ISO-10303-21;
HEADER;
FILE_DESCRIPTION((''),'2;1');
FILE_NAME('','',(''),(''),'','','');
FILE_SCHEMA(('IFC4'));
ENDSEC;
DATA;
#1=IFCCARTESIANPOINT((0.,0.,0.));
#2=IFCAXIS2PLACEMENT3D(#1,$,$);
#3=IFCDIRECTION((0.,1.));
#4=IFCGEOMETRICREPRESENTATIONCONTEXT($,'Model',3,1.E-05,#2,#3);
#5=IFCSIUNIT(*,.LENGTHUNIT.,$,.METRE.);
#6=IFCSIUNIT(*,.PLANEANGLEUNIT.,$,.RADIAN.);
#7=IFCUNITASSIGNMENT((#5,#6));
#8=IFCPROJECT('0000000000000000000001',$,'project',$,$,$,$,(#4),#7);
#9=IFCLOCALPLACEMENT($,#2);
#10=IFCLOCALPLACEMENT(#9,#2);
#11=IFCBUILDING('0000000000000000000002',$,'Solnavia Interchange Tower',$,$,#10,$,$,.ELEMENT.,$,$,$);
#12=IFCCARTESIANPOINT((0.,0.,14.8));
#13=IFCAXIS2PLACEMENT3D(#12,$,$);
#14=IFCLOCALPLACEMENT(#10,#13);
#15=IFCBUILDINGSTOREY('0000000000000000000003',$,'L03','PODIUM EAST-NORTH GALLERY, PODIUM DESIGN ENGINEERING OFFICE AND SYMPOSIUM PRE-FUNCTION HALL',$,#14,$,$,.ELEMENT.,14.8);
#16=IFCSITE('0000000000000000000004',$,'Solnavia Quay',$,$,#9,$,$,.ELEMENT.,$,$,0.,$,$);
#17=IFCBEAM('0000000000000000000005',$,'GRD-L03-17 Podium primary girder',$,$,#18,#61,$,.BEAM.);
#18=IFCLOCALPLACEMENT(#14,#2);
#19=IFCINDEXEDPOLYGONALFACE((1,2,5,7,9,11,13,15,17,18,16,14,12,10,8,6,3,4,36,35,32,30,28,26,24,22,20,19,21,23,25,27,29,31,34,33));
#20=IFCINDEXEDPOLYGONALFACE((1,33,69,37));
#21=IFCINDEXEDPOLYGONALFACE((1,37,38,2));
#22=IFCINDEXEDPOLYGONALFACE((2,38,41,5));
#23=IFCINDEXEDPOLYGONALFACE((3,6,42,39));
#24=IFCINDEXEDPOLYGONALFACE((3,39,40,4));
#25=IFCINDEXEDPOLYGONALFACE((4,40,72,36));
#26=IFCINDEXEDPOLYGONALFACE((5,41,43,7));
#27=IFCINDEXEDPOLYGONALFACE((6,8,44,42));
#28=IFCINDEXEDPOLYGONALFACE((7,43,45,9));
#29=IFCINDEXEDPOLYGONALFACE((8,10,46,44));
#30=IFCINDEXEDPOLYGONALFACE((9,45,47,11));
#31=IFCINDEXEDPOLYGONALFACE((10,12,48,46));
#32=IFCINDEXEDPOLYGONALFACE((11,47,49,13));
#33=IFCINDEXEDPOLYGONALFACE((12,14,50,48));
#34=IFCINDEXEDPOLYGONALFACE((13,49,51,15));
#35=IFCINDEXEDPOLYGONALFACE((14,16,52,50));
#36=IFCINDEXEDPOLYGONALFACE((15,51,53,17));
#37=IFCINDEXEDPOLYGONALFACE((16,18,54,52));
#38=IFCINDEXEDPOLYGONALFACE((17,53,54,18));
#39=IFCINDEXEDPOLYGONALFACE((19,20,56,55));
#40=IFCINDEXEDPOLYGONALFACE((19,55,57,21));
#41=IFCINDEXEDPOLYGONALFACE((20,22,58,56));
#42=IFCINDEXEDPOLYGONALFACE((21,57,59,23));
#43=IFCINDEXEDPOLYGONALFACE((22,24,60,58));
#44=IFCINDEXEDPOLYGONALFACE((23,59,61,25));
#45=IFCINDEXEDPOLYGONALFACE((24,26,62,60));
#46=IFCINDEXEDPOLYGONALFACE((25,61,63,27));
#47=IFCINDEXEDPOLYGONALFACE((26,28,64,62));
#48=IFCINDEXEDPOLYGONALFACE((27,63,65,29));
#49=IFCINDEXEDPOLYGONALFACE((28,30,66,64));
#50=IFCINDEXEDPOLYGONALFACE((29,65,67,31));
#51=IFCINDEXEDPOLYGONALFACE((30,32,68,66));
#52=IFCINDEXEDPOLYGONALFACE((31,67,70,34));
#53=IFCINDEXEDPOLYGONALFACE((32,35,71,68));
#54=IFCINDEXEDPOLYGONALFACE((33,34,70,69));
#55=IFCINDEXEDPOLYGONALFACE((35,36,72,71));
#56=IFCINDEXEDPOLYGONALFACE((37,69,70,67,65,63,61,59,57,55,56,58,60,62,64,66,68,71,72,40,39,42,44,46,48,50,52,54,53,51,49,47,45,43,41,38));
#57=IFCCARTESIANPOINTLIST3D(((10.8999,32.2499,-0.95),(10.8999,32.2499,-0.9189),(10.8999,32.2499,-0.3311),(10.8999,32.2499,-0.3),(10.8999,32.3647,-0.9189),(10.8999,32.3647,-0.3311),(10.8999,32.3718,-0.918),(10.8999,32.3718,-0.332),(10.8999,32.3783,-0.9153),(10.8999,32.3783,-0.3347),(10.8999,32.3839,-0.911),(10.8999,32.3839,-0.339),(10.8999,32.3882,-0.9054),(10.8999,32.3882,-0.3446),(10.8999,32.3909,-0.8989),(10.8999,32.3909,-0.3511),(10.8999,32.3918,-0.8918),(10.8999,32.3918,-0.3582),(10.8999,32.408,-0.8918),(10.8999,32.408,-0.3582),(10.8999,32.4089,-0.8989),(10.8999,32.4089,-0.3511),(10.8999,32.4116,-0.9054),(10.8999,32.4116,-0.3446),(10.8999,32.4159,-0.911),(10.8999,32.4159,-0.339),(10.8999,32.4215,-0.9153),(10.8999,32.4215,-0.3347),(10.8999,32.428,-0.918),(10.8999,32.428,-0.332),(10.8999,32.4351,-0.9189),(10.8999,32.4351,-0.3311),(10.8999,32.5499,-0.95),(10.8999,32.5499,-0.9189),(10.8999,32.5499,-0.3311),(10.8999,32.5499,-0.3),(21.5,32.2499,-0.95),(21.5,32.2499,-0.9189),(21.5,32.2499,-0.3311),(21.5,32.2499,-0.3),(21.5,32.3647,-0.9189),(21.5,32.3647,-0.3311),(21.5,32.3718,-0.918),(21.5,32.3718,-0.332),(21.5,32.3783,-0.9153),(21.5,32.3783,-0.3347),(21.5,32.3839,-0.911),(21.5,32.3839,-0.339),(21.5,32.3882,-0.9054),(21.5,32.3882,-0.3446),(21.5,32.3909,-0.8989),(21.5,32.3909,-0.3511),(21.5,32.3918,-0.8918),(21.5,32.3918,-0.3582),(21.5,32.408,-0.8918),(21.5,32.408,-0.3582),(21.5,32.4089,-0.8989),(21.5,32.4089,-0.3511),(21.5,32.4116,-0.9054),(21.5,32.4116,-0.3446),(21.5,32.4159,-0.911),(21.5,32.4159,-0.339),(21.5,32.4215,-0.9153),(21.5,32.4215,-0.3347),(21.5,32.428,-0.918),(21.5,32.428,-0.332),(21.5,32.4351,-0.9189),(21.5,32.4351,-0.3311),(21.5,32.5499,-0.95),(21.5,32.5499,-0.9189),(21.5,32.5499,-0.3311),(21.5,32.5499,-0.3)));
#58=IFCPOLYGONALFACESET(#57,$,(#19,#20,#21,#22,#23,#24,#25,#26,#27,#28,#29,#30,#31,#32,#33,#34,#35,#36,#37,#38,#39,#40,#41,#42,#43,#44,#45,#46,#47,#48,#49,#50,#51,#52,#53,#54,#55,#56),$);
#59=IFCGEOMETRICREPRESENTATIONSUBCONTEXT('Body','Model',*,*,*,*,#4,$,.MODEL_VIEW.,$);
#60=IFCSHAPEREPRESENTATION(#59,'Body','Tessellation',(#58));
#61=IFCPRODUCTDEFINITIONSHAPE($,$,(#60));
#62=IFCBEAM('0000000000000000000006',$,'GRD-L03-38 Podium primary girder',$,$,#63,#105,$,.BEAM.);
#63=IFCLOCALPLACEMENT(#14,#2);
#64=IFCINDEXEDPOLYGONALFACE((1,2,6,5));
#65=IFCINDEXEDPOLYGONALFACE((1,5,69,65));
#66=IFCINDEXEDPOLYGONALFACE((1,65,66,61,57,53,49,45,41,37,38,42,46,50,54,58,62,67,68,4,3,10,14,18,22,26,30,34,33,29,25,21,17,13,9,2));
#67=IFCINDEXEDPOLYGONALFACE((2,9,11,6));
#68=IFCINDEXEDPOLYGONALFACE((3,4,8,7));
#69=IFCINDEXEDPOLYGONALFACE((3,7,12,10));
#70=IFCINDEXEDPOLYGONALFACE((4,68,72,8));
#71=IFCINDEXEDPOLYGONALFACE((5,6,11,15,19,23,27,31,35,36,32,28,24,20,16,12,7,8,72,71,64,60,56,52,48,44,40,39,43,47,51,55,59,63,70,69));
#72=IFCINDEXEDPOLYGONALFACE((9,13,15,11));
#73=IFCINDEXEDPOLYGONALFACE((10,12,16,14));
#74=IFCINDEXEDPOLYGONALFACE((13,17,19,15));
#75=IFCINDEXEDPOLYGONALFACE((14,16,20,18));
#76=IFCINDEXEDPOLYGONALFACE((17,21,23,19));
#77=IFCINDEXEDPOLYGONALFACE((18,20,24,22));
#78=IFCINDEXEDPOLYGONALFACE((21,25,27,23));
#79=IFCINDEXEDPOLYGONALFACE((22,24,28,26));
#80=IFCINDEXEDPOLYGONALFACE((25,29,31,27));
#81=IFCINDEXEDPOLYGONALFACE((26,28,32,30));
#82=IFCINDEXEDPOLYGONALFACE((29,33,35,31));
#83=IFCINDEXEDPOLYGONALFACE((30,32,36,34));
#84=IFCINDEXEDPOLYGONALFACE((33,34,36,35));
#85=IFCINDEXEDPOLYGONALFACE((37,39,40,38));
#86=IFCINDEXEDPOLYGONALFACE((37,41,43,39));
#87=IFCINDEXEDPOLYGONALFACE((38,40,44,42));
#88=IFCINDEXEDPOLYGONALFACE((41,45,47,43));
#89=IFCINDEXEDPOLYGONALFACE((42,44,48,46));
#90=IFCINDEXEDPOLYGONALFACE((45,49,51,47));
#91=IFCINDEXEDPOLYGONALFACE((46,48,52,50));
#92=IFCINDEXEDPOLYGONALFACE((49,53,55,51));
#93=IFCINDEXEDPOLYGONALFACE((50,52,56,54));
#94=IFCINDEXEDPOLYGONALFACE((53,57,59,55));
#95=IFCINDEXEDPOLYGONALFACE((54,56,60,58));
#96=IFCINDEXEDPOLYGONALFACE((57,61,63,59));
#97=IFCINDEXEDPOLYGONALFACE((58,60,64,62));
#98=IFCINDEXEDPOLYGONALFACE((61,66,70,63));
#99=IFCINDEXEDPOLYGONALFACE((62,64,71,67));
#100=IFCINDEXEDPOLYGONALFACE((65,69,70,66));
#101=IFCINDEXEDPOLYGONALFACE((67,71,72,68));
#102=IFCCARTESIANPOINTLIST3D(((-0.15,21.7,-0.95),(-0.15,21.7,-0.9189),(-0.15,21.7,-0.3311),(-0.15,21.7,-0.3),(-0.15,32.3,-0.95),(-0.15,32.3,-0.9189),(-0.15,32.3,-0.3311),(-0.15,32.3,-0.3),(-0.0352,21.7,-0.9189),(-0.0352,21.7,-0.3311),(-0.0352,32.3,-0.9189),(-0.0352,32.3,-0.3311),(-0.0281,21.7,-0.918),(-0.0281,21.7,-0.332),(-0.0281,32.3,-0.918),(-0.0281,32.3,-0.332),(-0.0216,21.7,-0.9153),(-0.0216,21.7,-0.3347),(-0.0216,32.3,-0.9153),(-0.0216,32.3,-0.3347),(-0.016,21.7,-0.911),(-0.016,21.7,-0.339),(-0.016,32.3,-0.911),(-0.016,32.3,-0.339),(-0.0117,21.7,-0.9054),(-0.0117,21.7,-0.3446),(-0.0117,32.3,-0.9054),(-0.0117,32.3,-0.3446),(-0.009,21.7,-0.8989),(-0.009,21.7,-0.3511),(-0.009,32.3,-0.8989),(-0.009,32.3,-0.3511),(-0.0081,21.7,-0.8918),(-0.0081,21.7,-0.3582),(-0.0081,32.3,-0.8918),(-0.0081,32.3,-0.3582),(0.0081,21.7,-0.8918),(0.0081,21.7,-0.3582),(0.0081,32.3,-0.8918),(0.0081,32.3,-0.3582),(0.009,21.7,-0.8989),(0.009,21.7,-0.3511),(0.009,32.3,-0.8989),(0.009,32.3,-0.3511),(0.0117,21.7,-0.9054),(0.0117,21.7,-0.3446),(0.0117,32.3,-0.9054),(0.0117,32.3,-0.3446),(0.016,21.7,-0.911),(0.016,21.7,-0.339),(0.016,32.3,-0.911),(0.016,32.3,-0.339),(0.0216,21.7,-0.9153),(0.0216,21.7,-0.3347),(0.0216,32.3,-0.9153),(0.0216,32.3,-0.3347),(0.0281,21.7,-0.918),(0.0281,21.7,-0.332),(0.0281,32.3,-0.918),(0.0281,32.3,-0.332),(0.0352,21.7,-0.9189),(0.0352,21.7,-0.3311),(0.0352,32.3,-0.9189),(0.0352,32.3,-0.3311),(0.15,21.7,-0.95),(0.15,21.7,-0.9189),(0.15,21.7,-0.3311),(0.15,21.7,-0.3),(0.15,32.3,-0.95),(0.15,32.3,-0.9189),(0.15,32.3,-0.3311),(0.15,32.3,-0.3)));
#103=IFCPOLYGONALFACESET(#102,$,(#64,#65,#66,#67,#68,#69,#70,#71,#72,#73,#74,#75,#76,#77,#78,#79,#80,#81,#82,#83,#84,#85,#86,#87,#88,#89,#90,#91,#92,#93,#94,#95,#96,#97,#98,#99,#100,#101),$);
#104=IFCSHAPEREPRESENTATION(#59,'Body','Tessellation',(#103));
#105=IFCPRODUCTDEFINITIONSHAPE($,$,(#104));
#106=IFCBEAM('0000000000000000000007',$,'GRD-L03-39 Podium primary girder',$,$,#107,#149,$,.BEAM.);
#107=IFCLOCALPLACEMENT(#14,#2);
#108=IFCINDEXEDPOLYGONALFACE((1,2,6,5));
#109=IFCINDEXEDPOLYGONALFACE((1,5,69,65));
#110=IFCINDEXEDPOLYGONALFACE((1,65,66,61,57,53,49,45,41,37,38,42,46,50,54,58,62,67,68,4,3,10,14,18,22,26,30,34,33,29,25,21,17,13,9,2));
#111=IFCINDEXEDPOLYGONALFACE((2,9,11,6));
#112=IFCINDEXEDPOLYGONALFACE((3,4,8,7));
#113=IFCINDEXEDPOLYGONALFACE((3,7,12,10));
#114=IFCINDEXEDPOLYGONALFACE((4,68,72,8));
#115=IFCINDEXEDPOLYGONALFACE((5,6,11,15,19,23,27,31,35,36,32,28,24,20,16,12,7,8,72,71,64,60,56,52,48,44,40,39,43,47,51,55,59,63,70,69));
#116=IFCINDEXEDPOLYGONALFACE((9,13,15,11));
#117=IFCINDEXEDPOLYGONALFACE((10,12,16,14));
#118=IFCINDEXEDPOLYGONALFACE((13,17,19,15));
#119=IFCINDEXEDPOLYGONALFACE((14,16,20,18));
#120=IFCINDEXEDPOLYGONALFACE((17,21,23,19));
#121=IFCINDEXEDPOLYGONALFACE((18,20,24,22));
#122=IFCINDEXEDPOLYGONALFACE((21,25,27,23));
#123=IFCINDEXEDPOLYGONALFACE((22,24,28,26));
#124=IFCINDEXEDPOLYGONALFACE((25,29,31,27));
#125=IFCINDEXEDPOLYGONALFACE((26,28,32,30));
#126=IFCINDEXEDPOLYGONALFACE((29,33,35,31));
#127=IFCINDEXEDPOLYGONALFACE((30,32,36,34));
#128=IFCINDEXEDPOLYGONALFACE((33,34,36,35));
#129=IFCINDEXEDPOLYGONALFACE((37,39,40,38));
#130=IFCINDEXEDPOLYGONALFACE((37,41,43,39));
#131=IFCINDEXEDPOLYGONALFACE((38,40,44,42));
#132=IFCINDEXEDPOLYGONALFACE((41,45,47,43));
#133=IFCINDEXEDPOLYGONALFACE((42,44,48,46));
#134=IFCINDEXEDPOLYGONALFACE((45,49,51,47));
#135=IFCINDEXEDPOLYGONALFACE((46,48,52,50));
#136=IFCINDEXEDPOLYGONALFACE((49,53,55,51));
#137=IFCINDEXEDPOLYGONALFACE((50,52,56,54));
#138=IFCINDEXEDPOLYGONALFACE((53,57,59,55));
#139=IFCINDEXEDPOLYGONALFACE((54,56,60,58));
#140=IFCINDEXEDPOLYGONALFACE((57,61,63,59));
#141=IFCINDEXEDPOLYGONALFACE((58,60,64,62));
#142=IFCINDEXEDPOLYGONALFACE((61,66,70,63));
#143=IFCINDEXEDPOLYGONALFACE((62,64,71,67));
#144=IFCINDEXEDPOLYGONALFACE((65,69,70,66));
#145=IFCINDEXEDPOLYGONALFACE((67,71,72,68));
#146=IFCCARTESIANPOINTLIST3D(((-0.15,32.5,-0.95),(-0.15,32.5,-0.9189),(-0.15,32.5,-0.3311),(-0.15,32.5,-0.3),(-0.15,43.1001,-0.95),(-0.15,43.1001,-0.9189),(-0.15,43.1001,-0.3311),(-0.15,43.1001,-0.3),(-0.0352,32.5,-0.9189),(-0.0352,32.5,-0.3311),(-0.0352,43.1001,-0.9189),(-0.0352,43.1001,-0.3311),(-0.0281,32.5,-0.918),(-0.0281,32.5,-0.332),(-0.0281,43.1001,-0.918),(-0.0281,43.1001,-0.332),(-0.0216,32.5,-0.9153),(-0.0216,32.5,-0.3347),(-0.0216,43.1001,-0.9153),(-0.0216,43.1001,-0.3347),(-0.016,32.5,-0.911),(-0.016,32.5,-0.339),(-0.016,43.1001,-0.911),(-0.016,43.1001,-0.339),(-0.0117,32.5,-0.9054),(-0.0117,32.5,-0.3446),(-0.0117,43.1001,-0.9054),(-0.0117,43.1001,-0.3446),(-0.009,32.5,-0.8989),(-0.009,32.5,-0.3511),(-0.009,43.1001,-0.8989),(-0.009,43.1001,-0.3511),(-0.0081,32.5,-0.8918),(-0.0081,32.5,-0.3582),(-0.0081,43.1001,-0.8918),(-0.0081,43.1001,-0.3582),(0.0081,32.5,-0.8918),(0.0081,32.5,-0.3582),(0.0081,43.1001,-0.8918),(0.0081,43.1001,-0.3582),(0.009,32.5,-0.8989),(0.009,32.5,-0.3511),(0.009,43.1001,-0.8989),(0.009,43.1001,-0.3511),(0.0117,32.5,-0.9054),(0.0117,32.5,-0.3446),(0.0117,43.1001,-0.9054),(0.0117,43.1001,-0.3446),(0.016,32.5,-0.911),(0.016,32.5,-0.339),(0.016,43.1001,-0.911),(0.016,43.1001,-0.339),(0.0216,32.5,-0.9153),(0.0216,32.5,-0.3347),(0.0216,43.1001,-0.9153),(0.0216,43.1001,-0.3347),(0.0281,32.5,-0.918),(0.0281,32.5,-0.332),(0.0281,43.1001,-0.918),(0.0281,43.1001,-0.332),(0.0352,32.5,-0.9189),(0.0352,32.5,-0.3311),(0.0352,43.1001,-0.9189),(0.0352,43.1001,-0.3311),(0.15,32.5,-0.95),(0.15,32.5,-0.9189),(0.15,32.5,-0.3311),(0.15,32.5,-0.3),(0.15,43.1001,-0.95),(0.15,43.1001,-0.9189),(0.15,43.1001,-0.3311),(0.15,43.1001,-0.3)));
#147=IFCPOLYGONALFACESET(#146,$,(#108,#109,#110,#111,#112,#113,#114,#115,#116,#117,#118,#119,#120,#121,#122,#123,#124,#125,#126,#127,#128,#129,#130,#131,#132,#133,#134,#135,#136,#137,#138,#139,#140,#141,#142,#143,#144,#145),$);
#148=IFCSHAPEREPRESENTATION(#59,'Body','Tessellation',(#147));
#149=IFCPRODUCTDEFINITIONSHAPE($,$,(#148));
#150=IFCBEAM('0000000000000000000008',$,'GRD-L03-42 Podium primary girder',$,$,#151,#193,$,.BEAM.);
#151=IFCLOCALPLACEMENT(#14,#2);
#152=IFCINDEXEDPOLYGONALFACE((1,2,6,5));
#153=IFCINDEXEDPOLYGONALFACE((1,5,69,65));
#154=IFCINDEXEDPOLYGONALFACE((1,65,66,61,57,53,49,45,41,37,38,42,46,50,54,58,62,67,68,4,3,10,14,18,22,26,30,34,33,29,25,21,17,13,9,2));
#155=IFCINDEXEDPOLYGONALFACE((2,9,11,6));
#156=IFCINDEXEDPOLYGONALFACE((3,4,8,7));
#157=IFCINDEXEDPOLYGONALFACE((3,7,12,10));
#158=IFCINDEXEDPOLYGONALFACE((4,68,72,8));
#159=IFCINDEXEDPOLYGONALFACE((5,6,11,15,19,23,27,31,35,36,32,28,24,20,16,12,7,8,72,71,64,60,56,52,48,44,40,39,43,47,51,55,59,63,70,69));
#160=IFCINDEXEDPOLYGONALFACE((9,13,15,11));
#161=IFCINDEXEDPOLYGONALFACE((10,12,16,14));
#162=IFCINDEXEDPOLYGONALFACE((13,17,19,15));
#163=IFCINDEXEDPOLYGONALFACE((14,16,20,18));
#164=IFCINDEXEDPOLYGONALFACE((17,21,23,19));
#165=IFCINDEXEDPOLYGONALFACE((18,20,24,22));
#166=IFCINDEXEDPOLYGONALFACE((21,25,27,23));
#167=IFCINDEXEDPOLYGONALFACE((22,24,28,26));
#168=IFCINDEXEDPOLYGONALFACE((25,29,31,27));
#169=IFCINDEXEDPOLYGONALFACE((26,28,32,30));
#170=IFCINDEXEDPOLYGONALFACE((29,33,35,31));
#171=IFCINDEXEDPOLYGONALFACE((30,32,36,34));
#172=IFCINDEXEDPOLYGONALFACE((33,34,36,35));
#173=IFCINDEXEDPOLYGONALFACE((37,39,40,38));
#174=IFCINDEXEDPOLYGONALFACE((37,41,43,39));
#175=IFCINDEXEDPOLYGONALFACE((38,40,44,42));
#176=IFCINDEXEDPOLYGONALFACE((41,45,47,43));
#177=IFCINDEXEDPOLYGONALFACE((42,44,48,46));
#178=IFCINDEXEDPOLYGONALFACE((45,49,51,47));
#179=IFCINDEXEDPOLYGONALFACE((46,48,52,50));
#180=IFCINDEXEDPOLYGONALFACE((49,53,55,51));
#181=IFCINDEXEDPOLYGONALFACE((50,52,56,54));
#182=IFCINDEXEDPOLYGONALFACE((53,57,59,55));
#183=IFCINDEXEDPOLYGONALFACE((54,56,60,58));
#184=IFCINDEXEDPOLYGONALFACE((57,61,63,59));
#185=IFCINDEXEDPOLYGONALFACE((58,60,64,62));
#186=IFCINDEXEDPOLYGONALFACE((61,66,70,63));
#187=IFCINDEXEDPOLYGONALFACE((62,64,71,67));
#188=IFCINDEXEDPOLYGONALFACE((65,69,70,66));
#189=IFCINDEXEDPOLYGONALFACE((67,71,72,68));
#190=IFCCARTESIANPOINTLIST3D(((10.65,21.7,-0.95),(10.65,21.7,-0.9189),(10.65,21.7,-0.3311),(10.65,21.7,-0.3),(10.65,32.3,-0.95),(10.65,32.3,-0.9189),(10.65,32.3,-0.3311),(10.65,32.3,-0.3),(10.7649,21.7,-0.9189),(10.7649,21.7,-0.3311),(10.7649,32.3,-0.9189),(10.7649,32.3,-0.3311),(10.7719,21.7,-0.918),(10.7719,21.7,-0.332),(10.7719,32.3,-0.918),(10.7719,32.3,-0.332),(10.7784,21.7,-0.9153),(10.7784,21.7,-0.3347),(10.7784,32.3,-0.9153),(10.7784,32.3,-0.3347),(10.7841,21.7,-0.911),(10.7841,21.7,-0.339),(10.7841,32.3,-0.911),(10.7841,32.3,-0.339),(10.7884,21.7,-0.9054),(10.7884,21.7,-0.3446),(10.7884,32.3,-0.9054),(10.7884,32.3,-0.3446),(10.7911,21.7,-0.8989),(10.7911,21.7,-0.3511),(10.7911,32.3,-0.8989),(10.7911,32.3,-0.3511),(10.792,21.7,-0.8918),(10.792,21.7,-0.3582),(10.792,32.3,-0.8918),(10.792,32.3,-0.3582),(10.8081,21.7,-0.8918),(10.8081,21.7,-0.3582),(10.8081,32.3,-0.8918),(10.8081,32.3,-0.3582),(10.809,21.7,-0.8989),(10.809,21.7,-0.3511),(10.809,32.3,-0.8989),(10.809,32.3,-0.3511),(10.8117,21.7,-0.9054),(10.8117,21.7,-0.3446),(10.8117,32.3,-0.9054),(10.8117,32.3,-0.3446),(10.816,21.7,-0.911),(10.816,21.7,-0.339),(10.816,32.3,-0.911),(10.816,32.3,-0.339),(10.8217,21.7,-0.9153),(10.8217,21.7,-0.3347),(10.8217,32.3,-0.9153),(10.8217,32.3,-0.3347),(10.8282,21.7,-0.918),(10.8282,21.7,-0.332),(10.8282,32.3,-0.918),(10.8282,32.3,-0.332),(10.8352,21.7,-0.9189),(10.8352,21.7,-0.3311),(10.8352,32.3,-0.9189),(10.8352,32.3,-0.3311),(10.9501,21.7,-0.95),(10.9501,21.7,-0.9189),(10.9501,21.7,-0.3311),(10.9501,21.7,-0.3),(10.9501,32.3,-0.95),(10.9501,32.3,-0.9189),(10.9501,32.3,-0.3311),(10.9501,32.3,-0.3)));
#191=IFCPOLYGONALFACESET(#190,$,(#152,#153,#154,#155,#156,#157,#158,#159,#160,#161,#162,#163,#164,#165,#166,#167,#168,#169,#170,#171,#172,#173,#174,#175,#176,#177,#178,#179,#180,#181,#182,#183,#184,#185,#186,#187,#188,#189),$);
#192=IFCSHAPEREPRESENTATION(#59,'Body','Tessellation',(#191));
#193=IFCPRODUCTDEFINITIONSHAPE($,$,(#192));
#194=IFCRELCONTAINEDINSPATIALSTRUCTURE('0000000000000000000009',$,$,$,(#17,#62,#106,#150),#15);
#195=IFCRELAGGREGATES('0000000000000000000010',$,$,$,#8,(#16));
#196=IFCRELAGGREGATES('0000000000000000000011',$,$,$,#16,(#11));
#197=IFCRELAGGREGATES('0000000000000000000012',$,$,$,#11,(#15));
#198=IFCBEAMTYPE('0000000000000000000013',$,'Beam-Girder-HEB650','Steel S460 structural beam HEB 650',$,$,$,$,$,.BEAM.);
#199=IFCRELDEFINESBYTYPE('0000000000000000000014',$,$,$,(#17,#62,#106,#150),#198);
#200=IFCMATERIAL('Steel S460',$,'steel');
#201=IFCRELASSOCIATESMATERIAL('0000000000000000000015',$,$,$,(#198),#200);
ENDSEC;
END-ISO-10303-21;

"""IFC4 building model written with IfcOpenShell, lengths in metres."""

from ifc_helpers import new_model, si_unit, direction, frame, origin, origin_2d, place, context, subcontext, project, spatial, i_section, extrude, material, material_profile, profile_set, type_object, element, save


model = new_model("IFC4")

# Units and contexts
model_context = context("Model", 3, precision=1e-05, world=origin(), true_north=direction((0.0, 1.0)))
body_context = subcontext(model_context, "Body", "Model", "MODEL_VIEW")
ifc_project = project(units=[si_unit("LENGTHUNIT", "METRE"), si_unit("PLANEANGLEUNIT", "RADIAN")], contexts=[model_context])

# Site, building, storey
site_placement = place(None, origin())
site = spatial("IfcSite", under=ifc_project, at=site_placement, Name="Solnavia Quay", CompositionType="ELEMENT", RefElevation=0.0)
building_placement = place(site_placement, origin())
building = spatial("IfcBuilding", under=site, at=building_placement, Name="Solnavia Interchange Tower", CompositionType="ELEMENT")
storey_placement = place(building_placement, frame((0.0, 0.0, 14.8)))
storey = spatial("IfcBuildingStorey", under=building, at=storey_placement, Name="L03", Description="PODIUM EAST-NORTH GALLERY, PODIUM DESIGN ENGINEERING OFFICE AND SYMPOSIUM PRE-FUNCTION HALL", CompositionType="ELEMENT", Elevation=14.8)

# Beams
ifc_material_1 = material(Name="Steel S460", Category="steel")
ifc_material_profile_1 = material_profile(ifc_material_1, i_section(OverallWidth=0.3, OverallDepth=0.6499, WebThickness=0.0161, FlangeThickness=0.031, FilletRadius=0.0271, at=origin_2d()), Name="HEB 650")
ifc_profile_set_1 = profile_set([ifc_material_profile_1], Name="Steel S460")
beam_type_1 = type_object("IfcBeamType", Name="Beam-Girder-HEB650", Description="Steel S460 structural beam HEB 650", PredefinedType="BEAM", material=ifc_profile_set_1)
for number, where, z_axis, x_axis, name in (
    (1, (10.8999, 32.3999, -0.625), (1.0, 0.0, 0.0), (0.0, 1.0, 0.0), "GRD-L03-17 Podium primary girder"),
    (2, (0.0, 21.7, -0.625), (0.0, 1.0, 0.0), (-1.0, 0.0, 0.0), "GRD-L03-38 Podium primary girder"),
    (3, (0.0, 32.5, -0.625), (0.0, 1.0, 0.0), (-1.0, 0.0, 0.0), "GRD-L03-39 Podium primary girder"),
    (4, (10.8, 21.7, -0.625), (0.0, 1.0, 0.0), (-1.0, 0.0, 0.0), "GRD-L03-42 Podium primary girder"),
):
    element("IfcBeam", number, at=place(storey_placement, frame(where, z_axis=z_axis, x_axis=x_axis)), inside=storey, type_object=beam_type_1, Name=name, PredefinedType="BEAM", context=body_context, shape_type="SweptSolid", body=[
        extrude(i_section(OverallWidth=0.3, OverallDepth=0.6499, WebThickness=0.0161, FlangeThickness=0.031, FilletRadius=0.0271, at=origin_2d()), origin(), (0.0, 0.0, 1.0), 10.6001),
    ])

save(model, "model.ifc")
